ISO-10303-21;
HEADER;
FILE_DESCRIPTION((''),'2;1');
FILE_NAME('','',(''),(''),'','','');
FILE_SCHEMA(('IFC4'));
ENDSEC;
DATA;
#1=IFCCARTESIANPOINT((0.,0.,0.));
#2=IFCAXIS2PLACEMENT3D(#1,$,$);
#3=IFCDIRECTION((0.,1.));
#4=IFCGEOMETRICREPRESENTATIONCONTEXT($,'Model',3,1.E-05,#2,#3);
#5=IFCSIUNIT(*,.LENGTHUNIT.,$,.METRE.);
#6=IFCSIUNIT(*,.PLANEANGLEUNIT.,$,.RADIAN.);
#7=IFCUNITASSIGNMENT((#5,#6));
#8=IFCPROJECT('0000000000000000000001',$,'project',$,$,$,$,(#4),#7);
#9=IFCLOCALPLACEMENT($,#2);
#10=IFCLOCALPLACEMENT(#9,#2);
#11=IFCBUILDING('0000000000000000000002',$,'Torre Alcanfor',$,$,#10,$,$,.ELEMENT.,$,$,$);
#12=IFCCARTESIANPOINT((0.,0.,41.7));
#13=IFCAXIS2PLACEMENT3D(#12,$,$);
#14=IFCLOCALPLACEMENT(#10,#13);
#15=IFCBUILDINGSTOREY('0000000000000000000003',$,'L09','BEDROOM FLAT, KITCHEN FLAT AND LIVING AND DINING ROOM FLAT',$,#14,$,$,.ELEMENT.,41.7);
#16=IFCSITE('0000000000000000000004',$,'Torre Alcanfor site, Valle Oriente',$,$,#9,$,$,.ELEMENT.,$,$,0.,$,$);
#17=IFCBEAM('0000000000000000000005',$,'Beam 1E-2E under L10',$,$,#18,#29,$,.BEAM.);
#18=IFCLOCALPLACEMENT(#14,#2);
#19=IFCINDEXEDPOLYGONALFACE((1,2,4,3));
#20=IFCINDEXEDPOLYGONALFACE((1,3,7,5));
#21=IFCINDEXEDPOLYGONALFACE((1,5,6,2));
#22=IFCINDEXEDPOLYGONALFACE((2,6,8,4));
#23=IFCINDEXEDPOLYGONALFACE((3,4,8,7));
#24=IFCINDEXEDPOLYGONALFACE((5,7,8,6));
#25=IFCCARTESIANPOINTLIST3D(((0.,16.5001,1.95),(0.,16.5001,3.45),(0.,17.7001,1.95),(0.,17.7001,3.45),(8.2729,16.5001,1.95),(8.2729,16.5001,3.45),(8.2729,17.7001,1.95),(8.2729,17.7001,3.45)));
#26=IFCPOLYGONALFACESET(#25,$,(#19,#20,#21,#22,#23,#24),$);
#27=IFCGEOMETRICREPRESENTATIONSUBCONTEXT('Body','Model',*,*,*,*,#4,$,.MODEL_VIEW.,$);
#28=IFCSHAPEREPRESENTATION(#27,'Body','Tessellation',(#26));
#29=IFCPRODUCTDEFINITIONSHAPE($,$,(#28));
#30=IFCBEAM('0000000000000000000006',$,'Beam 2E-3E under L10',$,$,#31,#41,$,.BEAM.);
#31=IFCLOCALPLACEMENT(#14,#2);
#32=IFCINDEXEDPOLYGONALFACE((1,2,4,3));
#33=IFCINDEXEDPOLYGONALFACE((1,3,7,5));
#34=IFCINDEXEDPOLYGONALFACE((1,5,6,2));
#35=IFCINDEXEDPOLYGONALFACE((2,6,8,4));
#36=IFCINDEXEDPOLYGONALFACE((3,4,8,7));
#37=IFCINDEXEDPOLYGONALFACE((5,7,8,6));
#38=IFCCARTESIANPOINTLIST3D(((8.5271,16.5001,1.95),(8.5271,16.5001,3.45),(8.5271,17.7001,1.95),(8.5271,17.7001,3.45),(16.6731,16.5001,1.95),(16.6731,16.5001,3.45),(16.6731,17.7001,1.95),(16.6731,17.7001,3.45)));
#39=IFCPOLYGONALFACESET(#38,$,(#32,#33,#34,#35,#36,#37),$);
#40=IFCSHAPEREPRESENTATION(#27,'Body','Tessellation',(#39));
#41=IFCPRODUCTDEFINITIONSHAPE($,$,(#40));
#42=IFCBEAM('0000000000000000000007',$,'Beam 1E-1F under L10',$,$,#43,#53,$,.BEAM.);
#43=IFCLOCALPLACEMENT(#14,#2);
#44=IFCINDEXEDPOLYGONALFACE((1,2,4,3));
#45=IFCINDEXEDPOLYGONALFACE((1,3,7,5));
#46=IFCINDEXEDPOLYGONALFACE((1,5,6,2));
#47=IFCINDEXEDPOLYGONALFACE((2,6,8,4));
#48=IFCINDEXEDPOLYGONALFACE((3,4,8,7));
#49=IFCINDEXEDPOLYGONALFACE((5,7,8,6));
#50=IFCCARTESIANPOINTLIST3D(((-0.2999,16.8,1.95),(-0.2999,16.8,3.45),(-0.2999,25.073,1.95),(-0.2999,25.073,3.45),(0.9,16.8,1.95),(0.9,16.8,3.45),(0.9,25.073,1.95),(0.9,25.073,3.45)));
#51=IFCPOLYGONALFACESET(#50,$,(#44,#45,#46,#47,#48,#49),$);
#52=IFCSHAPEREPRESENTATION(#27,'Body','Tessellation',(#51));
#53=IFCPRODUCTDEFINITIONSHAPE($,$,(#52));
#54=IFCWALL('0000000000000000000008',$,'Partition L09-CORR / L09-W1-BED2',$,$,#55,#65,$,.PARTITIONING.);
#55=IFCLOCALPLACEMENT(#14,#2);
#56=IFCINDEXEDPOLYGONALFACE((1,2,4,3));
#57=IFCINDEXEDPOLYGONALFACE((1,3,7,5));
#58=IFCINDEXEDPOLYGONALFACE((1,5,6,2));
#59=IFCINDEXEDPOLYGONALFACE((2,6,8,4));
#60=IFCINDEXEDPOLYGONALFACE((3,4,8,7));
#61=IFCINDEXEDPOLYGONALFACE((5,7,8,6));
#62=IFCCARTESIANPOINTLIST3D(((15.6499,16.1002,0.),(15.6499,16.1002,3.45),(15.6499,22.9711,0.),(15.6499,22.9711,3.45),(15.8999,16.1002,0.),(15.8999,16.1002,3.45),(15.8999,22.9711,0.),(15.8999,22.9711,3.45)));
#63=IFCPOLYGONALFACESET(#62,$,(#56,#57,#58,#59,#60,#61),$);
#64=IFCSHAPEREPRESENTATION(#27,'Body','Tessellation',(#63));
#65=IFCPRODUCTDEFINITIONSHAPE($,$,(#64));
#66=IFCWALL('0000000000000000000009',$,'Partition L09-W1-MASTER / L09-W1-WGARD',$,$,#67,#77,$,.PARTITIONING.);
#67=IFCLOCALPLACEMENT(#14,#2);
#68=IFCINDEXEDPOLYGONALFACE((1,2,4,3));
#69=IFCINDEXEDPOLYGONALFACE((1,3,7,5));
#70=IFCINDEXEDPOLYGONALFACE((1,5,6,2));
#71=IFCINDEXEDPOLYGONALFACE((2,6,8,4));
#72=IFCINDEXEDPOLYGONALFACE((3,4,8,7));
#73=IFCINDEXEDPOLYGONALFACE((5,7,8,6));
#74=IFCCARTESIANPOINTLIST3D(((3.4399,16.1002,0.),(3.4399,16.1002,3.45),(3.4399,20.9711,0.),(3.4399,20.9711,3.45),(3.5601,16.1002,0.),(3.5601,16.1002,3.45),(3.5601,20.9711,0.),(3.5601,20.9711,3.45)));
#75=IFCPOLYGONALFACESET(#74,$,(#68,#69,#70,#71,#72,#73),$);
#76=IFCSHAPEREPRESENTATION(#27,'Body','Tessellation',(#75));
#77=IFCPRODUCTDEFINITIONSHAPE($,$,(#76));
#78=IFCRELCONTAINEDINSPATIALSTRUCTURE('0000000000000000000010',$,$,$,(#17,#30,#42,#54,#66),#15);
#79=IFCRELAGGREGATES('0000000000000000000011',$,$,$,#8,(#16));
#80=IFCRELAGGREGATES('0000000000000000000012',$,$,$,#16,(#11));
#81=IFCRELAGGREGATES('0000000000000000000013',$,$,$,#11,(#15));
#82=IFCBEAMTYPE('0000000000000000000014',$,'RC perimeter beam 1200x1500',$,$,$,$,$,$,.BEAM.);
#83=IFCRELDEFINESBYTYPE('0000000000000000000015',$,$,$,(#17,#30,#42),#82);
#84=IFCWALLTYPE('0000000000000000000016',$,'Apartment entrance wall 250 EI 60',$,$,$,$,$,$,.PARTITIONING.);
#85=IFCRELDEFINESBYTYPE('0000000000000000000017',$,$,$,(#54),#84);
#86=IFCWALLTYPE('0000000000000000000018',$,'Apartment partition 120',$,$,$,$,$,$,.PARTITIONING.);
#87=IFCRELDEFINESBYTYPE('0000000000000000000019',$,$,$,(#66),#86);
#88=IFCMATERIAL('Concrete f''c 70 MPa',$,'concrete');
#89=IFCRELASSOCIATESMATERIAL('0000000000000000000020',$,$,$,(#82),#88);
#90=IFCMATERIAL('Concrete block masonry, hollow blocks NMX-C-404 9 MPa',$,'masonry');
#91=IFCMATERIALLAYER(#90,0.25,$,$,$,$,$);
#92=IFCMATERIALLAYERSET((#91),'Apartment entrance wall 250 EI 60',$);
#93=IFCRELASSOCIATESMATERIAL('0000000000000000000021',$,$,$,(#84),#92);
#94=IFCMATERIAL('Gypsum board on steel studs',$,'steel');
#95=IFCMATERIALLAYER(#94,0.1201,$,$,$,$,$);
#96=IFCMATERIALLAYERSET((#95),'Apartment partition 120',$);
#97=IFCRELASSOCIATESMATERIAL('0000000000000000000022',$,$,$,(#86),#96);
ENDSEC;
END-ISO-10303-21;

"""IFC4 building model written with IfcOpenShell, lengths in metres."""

from ifc_helpers import new_model, si_unit, direction, frame, frame_2d, origin, origin_2d, place, context, subcontext, project, spatial, rectangle, extrude, material, layer, layer_set, material_profile, profile_set, type_object, element, save


model = new_model("IFC4")

# Units and contexts
model_context = context("Model", 3, precision=1e-05, world=origin(), true_north=direction((0.0, 1.0)))
body_context = subcontext(model_context, "Body", "Model", "MODEL_VIEW")
ifc_project = project(units=[si_unit("LENGTHUNIT", "METRE"), si_unit("PLANEANGLEUNIT", "RADIAN")], contexts=[model_context])

# Site, building, storey
site_placement = place(None, origin())
site = spatial("IfcSite", under=ifc_project, at=site_placement, Name="Torre Alcanfor site, Valle Oriente", CompositionType="ELEMENT", RefElevation=0.0)
building_placement = place(site_placement, origin())
building = spatial("IfcBuilding", under=site, at=building_placement, Name="Torre Alcanfor", CompositionType="ELEMENT")
storey_placement = place(building_placement, frame((0.0, 0.0, 41.7)))
storey = spatial("IfcBuildingStorey", under=building, at=storey_placement, Name="L09", Description="BEDROOM FLAT, KITCHEN FLAT AND LIVING AND DINING ROOM FLAT", CompositionType="ELEMENT", Elevation=41.7)

# Beams
ifc_material_1 = material(Name="Concrete f'c 70 MPa", Category="concrete")
ifc_material_profile_1 = material_profile(ifc_material_1, rectangle(XDim=1.2, YDim=1.5, at=origin_2d()), Name="1200x1500")
ifc_profile_set_1 = profile_set([ifc_material_profile_1], Name="Concrete f'c 70 MPa")
beam_type_1 = type_object("IfcBeamType", Name="RC perimeter beam 1200x1500", PredefinedType="BEAM", material=ifc_profile_set_1)
beam_1_placement = place(storey_placement, frame((0.0, 17.1001, 2.7), z_axis=(1.0, 0.0, 0.0), x_axis=(0.0, 1.0, 0.0)))
element("IfcBeam", 1, at=beam_1_placement, inside=storey, type_object=beam_type_1, Name="Beam 1E-2E under L10", PredefinedType="BEAM", context=body_context, shape_type="SweptSolid", body=[
    extrude(rectangle(XDim=1.2, YDim=1.5, at=origin_2d()), origin(), (0.0, 0.0, 1.0), 8.2729),
])
beam_2_placement = place(storey_placement, frame((8.5271, 17.1001, 2.7), z_axis=(1.0, 0.0, 0.0), x_axis=(0.0, 1.0, 0.0)))
element("IfcBeam", 2, at=beam_2_placement, inside=storey, type_object=beam_type_1, Name="Beam 2E-3E under L10", PredefinedType="BEAM", context=body_context, shape_type="SweptSolid", body=[
    extrude(rectangle(XDim=1.2, YDim=1.5, at=origin_2d()), origin(), (0.0, 0.0, 1.0), 8.146),
])
beam_3_placement = place(storey_placement, frame((0.3, 16.8, 2.7), z_axis=(0.0, 1.0, 0.0), x_axis=(-1.0, 0.0, 0.0)))
element("IfcBeam", 3, at=beam_3_placement, inside=storey, type_object=beam_type_1, Name="Beam 1E-1F under L10", PredefinedType="BEAM", context=body_context, shape_type="SweptSolid", body=[
    extrude(rectangle(XDim=1.2, YDim=1.5, at=origin_2d()), origin(), (0.0, 0.0, 1.0), 8.2729),
])

# Walls
ifc_material_2 = material(Name="Concrete block masonry, hollow blocks NMX-C-404 9 MPa", Category="masonry")
ifc_layer_1 = layer(ifc_material_2, 0.25)
ifc_layer_set_1 = layer_set([ifc_layer_1], Name="Apartment entrance wall 250 EI 60")
wall_type_1 = type_object("IfcWallType", Name="Apartment entrance wall 250 EI 60", PredefinedType="PARTITIONING", material=ifc_layer_set_1)
wall_1_placement = place(storey_placement, frame((15.7749, 16.1001, 0.0), z_axis=(0.0, 0.0, 1.0), x_axis=(0.0, 1.0, 0.0)))
element("IfcWall", 4, at=wall_1_placement, inside=storey, type_object=wall_type_1, Name="Partition L09-CORR / L09-W1-BED2", PredefinedType="PARTITIONING", context=body_context, shape_type="SweptSolid", body=[
    extrude(rectangle(XDim=6.8708, YDim=0.25, at=frame_2d((3.4355, 0.0))), origin(), (0.0, 0.0, 1.0), 3.45),
])
ifc_material_3 = material(Name="Gypsum board on steel studs", Category="steel")
ifc_layer_2 = layer(ifc_material_3, 0.1201)
ifc_layer_set_2 = layer_set([ifc_layer_2], Name="Apartment partition 120")
wall_type_2 = type_object("IfcWallType", Name="Apartment partition 120", PredefinedType="PARTITIONING", material=ifc_layer_set_2)
wall_2_placement = place(storey_placement, frame((3.5, 16.1001, 0.0), z_axis=(0.0, 0.0, 1.0), x_axis=(0.0, 1.0, 0.0)))
element("IfcWall", 5, at=wall_2_placement, inside=storey, type_object=wall_type_2, Name="Partition L09-W1-MASTER / L09-W1-WGARD", PredefinedType="PARTITIONING", context=body_context, shape_type="SweptSolid", body=[
    extrude(rectangle(XDim=4.8708, YDim=0.1201, at=frame_2d((2.4355, 0.0))), origin(), (0.0, 0.0, 1.0), 3.45),
])

save(model, "model.ifc")
